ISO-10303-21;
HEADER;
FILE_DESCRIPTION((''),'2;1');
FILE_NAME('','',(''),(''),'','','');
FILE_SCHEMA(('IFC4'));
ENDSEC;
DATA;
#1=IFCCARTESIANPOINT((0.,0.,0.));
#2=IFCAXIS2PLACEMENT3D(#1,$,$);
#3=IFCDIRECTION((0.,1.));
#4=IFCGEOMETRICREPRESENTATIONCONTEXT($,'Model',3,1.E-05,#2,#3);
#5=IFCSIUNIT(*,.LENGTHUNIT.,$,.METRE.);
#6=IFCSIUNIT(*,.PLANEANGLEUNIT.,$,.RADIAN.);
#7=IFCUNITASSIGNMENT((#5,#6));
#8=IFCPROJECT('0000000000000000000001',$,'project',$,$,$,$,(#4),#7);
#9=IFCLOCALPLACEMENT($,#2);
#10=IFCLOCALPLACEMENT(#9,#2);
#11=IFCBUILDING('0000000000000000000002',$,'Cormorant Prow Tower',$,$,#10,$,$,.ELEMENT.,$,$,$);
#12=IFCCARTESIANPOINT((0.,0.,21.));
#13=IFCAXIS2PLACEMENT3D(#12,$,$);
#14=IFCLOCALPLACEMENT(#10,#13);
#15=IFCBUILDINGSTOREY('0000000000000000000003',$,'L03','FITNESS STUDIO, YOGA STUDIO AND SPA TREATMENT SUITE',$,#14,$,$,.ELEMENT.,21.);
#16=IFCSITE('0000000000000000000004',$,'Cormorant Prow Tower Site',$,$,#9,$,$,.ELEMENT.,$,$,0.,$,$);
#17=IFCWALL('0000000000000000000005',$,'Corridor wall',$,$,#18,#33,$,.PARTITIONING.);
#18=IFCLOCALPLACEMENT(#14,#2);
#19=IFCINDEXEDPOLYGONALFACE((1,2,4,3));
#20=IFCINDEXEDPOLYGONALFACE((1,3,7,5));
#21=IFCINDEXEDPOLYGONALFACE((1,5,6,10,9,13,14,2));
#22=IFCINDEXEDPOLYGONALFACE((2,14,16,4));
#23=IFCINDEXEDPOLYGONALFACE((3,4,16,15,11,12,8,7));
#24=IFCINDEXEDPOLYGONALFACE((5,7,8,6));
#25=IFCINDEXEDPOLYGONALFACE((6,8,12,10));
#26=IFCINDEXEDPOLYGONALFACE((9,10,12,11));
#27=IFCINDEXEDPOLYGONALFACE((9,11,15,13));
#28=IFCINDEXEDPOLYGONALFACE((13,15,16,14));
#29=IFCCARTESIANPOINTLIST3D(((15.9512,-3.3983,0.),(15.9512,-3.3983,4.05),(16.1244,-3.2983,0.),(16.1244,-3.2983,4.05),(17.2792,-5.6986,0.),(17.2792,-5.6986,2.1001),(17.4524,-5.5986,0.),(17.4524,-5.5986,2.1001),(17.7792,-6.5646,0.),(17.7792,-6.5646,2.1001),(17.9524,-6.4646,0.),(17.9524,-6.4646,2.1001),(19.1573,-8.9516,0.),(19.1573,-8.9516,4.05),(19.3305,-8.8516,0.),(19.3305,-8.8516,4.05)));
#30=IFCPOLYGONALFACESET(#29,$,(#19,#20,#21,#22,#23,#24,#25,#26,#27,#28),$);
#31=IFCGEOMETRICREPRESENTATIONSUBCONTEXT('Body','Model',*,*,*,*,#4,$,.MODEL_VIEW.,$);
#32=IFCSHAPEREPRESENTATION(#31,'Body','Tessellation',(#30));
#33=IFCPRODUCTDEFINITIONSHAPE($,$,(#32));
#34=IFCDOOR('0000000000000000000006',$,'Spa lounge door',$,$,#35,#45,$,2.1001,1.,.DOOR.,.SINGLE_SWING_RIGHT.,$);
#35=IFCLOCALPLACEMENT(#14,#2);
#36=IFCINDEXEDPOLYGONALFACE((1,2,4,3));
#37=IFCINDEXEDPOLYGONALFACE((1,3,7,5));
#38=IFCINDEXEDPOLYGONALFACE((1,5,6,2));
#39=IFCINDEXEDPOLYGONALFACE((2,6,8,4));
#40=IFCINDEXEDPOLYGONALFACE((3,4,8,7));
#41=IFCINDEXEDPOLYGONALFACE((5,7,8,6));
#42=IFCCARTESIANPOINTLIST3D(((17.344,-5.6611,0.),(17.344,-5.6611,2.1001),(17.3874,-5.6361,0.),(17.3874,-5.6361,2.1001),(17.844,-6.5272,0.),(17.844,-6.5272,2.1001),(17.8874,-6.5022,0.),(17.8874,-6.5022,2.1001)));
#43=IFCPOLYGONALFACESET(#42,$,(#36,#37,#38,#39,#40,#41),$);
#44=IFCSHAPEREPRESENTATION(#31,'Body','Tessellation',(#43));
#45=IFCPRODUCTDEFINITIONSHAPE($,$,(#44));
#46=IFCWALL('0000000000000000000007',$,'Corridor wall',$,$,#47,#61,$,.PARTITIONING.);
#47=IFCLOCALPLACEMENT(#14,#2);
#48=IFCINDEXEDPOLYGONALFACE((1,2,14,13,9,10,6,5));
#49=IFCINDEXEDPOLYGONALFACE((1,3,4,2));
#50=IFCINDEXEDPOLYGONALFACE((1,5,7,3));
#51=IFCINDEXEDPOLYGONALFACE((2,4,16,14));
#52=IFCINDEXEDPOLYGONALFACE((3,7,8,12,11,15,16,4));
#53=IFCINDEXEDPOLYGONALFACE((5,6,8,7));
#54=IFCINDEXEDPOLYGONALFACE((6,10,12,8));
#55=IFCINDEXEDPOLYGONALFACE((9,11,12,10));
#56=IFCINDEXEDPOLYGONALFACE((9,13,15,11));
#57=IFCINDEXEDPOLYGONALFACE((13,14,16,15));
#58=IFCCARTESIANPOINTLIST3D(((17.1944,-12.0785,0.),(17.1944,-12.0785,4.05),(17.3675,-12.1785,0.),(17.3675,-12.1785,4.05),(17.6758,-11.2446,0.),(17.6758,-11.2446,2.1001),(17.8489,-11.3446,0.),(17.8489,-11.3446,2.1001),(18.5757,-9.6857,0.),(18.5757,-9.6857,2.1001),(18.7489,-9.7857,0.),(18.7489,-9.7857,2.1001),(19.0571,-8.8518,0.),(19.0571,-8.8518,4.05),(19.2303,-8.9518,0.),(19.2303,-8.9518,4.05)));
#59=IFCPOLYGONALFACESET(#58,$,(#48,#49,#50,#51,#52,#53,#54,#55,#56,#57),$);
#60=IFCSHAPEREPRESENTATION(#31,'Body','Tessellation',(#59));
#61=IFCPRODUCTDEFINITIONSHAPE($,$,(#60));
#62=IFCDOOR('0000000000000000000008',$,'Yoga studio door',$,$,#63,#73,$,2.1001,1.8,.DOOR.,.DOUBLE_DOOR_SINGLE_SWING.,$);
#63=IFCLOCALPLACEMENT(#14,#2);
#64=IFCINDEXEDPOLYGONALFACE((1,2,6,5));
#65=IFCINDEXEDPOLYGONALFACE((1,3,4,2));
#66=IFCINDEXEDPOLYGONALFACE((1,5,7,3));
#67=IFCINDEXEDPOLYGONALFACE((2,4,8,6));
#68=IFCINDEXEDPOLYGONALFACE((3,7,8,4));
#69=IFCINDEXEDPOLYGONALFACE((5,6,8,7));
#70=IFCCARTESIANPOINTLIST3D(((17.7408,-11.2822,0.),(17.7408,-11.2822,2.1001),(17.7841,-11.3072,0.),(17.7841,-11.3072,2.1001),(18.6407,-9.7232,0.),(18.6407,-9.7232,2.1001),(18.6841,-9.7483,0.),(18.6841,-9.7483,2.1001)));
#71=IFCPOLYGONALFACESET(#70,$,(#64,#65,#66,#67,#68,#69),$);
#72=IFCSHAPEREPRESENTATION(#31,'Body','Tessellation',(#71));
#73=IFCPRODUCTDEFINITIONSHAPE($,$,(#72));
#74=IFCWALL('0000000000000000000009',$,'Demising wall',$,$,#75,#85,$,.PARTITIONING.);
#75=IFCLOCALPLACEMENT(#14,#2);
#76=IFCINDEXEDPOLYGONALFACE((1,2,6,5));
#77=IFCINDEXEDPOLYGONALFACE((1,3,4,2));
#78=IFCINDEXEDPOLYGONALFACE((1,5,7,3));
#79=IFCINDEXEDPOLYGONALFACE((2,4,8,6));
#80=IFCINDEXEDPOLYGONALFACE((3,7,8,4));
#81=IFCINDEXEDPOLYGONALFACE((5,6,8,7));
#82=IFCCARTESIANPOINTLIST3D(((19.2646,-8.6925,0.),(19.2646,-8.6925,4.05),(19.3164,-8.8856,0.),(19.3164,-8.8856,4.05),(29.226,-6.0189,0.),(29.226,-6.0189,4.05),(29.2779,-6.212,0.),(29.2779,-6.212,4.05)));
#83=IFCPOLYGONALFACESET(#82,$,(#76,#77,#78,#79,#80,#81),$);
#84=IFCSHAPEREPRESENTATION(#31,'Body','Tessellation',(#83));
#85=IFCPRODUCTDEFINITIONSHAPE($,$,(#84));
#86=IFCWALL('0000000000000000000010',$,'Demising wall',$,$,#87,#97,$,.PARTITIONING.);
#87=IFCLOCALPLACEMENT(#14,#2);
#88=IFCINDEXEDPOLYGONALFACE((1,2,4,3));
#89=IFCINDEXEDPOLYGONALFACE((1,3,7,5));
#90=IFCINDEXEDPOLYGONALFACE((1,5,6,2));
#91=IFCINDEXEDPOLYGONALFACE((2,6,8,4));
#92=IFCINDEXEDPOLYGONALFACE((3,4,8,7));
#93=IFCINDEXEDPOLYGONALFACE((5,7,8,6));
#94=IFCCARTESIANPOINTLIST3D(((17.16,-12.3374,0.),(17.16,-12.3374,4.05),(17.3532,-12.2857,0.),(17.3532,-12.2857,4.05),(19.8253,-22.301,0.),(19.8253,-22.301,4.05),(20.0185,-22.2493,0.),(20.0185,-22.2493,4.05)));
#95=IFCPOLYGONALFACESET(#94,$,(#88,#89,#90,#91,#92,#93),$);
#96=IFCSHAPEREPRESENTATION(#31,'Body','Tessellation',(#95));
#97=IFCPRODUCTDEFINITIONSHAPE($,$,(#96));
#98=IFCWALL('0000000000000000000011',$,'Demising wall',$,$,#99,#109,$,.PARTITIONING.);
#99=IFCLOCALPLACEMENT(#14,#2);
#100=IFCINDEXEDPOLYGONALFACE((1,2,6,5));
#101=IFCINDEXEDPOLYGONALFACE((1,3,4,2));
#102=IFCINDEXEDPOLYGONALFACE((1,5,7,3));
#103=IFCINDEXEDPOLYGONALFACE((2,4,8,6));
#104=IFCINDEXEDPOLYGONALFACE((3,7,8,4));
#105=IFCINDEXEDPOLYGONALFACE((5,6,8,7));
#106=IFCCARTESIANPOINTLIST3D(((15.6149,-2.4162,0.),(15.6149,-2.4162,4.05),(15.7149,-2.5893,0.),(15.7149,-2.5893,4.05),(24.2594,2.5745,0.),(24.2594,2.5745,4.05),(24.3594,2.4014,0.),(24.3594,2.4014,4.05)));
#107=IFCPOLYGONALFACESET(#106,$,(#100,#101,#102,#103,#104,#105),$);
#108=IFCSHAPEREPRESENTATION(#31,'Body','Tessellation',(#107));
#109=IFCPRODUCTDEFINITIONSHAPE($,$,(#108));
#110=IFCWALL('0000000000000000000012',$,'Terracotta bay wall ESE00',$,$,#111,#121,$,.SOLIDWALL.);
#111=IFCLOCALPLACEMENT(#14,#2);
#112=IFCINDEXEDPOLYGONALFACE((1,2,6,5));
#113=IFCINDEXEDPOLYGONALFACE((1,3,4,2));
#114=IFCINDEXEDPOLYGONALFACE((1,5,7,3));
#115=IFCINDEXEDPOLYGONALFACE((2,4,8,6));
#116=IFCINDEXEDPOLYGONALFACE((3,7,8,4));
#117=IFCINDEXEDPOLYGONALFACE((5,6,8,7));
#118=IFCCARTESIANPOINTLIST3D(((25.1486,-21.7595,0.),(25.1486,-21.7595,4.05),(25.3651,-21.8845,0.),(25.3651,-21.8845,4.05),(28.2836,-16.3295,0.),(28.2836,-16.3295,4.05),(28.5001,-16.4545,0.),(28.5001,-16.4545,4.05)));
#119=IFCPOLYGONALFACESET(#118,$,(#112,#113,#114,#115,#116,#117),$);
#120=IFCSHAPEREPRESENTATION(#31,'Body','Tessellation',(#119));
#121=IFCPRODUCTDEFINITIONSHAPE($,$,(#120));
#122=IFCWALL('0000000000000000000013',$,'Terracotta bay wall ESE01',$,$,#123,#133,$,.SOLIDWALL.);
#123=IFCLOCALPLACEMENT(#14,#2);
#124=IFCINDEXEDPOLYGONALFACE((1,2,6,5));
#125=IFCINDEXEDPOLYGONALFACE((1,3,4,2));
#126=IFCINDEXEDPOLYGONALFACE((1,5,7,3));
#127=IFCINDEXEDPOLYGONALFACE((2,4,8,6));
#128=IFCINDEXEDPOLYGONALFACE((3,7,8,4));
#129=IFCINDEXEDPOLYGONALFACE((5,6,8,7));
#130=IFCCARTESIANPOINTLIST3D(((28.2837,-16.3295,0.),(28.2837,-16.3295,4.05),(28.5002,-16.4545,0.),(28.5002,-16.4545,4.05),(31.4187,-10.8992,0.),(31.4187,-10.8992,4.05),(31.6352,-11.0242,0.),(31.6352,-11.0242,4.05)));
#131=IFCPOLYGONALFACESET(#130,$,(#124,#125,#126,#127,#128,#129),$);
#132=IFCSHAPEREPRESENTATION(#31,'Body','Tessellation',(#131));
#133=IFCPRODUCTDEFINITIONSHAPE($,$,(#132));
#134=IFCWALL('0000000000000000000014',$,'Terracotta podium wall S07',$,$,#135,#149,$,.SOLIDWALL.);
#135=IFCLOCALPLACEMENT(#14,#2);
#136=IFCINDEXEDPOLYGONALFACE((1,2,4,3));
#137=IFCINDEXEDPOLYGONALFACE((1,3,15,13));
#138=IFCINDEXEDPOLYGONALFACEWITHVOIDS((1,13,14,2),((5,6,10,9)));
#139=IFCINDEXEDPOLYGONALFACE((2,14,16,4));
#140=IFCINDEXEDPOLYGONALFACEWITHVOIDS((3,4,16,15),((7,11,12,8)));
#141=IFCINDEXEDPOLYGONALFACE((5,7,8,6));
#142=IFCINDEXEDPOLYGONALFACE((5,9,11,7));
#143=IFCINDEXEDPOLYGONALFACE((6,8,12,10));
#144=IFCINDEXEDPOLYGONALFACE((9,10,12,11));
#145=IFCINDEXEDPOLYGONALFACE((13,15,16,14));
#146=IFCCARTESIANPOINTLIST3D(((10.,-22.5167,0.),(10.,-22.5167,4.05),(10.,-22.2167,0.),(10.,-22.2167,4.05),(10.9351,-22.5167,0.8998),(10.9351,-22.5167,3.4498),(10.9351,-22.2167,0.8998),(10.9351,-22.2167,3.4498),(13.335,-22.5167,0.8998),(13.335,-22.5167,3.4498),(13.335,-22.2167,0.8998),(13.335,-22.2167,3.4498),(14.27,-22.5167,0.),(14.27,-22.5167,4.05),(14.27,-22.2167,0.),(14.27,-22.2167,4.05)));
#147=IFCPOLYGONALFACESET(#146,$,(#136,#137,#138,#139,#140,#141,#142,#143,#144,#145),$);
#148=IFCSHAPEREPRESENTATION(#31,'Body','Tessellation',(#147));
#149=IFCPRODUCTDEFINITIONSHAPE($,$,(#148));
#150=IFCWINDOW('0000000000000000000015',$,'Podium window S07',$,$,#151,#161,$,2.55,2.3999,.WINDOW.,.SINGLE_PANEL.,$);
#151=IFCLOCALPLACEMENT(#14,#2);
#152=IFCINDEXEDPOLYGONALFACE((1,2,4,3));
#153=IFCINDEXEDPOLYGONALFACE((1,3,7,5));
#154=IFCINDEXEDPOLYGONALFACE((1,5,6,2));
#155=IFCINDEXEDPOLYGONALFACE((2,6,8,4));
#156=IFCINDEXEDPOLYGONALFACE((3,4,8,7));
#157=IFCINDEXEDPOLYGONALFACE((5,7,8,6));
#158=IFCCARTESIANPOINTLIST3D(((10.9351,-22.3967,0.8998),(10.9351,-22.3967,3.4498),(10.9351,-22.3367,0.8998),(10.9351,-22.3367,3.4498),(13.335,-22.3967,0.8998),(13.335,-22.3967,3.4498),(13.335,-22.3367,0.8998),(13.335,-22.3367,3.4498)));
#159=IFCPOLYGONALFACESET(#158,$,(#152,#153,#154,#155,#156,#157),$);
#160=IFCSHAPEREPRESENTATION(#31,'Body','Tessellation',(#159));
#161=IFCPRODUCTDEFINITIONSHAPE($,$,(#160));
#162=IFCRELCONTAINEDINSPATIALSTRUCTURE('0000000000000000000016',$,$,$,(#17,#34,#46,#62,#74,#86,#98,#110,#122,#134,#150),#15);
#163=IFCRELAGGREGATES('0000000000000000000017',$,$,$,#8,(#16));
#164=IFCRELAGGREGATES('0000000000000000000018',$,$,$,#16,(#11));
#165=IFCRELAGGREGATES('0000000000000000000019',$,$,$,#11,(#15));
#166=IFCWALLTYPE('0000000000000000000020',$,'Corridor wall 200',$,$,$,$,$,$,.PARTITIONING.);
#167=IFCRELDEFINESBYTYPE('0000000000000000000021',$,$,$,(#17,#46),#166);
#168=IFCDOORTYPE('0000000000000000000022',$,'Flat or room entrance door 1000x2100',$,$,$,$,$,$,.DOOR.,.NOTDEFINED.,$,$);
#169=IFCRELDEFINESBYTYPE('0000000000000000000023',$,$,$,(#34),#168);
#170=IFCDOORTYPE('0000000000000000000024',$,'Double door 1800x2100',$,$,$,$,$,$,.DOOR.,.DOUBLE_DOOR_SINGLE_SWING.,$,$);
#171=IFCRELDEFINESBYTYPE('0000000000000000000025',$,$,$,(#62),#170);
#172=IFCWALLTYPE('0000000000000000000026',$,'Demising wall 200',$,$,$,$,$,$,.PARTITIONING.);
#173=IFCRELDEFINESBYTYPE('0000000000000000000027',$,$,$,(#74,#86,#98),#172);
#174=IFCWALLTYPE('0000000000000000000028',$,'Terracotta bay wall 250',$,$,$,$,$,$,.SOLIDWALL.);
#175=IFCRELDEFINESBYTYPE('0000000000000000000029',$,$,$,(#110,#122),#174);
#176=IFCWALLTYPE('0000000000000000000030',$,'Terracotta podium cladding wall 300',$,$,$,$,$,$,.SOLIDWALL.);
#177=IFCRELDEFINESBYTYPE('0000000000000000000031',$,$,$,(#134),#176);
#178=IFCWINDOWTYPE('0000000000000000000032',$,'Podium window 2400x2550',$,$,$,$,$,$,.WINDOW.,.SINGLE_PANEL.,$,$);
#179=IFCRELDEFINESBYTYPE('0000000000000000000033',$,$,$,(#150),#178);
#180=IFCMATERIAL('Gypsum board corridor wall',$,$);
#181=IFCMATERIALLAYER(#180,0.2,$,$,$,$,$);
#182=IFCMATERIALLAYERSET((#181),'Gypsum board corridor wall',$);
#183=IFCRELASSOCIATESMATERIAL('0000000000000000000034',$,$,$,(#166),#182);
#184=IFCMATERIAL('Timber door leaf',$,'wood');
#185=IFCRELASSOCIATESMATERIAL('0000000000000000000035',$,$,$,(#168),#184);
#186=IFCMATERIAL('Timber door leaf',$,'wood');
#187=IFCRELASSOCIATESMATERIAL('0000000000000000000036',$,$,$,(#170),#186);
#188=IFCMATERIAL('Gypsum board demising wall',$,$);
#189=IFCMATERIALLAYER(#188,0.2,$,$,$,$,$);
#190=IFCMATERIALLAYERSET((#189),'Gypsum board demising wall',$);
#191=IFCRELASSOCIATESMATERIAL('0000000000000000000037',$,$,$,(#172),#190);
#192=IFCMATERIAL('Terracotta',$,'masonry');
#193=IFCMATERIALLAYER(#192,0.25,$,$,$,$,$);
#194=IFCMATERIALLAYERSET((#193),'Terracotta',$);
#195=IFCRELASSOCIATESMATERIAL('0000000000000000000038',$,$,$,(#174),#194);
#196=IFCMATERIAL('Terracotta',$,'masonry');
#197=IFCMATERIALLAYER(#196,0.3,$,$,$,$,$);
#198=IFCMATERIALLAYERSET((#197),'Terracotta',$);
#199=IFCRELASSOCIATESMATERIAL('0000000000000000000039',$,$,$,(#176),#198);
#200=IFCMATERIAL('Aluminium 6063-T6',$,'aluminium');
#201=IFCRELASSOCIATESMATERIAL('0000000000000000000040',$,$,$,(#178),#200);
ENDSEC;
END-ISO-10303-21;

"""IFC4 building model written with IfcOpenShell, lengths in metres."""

from ifc_helpers import new_model, si_unit, direction, frame, frame_2d, origin, place, context, subcontext, project, spatial, rectangle, extrude, material, layer, layer_set, type_object, element, fill, save


model = new_model("IFC4")

# Units and contexts
model_context = context("Model", 3, precision=1e-05, world=origin(), true_north=direction((0.0, 1.0)))
body_context = subcontext(model_context, "Body", "Model", "MODEL_VIEW")
ifc_project = project(units=[si_unit("LENGTHUNIT", "METRE"), si_unit("PLANEANGLEUNIT", "RADIAN")], contexts=[model_context])

# Site, building, storey
site_placement = place(None, origin())
site = spatial("IfcSite", under=ifc_project, at=site_placement, Name="Cormorant Prow Tower Site", CompositionType="ELEMENT", RefElevation=0.0)
building_placement = place(site_placement, origin())
building = spatial("IfcBuilding", under=site, at=building_placement, Name="Cormorant Prow Tower", CompositionType="ELEMENT")
storey_placement = place(building_placement, frame((0.0, 0.0, 21.0)))
storey = spatial("IfcBuildingStorey", under=building, at=storey_placement, Name="L03", Description="FITNESS STUDIO, YOGA STUDIO AND SPA TREATMENT SUITE", CompositionType="ELEMENT", Elevation=21.0)

# Shared definitions
ifc_material_1 = material(Name="Gypsum board corridor wall")
ifc_layer_1 = layer(ifc_material_1, 0.2)
ifc_layer_set_1 = layer_set([ifc_layer_1], Name="Gypsum board corridor wall")
wall_type_1 = type_object("IfcWallType", Name="Corridor wall 200", PredefinedType="PARTITIONING", material=ifc_layer_set_1)

# Walls, openings, doors
wall_1_placement = place(storey_placement, frame((16.0378, -3.3484, 0.0), z_axis=(0.0, 0.0, 1.0), x_axis=(0.499988, -0.866032, 0.0)))
wall_1 = element("IfcWall", 1, at=wall_1_placement, inside=storey, type_object=wall_type_1, Name="Corridor wall", PredefinedType="PARTITIONING", context=body_context, shape_type="SweptSolid", body=[
    extrude(rectangle(XDim=6.4124, YDim=0.2, at=frame_2d((3.2061, 0.0))), origin(), (0.0, 0.0, 1.0), 4.05),
])
opening_1_placement = place(wall_1_placement, frame((2.656, 0.0, 0.0)))
opening_1 = element("IfcOpeningElement", 2, at=opening_1_placement, cuts=wall_1, PredefinedType="OPENING", context=body_context, shape_type="SweptSolid", body=[
    extrude(rectangle(XDim=1.0, YDim=2.1001, at=frame_2d((0.5, 1.05))), frame((0.0, 0.1099, 0.0), z_axis=(0.0, -1.0, 0.0), x_axis=(1.0, 0.0, 0.0)), (0.0, 0.0, 1.0), 0.22),
])
ifc_material_2 = material(Name="Timber door leaf", Category="wood")
door_type_1 = type_object("IfcDoorType", Name="Flat or room entrance door 1000x2100", OperationType="NOTDEFINED", PredefinedType="DOOR", material=ifc_material_2)
door_1_placement = place(opening_1_placement, origin())
door_1 = element("IfcDoor", 3, at=door_1_placement, inside=storey, type_object=door_type_1, Name="Spa lounge door", OperationType="SINGLE_SWING_RIGHT", OverallHeight=2.1001, OverallWidth=1.0, PredefinedType="DOOR", context=body_context, shape_type="SweptSolid", body=[
    extrude(rectangle(XDim=1.0, YDim=2.1001, at=frame_2d((0.5, 1.05))), frame((0.0, 0.0249, 0.0), z_axis=(0.0, -1.0, 0.0), x_axis=(1.0, 0.0, 0.0)), (0.0, 0.0, 1.0), 0.05),
])
fill(opening_1, door_1)
wall_2_placement = place(storey_placement, frame((17.281, -12.1284, 0.0), z_axis=(0.0, 0.0, 1.0), x_axis=(0.499959, 0.866049, 0.0)))
wall_2 = element("IfcWall", 4, at=wall_2_placement, inside=storey, type_object=wall_type_1, Name="Corridor wall", PredefinedType="PARTITIONING", context=body_context, shape_type="SweptSolid", body=[
    extrude(rectangle(XDim=3.7258, YDim=0.2, at=frame_2d((1.8628, 0.0))), origin(), (0.0, 0.0, 1.0), 4.05),
])
opening_2_placement = place(wall_2_placement, frame((0.9629, 0.0, 0.0)))
opening_2 = element("IfcOpeningElement", 5, at=opening_2_placement, cuts=wall_2, PredefinedType="OPENING", context=body_context, shape_type="SweptSolid", body=[
    extrude(rectangle(XDim=1.8, YDim=2.1001, at=frame_2d((0.8999, 1.05))), frame((0.0, 0.1099, 0.0), z_axis=(0.0, -1.0, 0.0), x_axis=(1.0, 0.0, 0.0)), (0.0, 0.0, 1.0), 0.22),
])
ifc_material_3 = material(Name="Timber door leaf", Category="wood")
door_type_2 = type_object("IfcDoorType", Name="Double door 1800x2100", OperationType="DOUBLE_DOOR_SINGLE_SWING", PredefinedType="DOOR", material=ifc_material_3)
door_2_placement = place(opening_2_placement, origin())
door_2 = element("IfcDoor", 6, at=door_2_placement, inside=storey, type_object=door_type_2, Name="Yoga studio door", OperationType="DOUBLE_DOOR_SINGLE_SWING", OverallHeight=2.1001, OverallWidth=1.8, PredefinedType="DOOR", context=body_context, shape_type="SweptSolid", body=[
    extrude(rectangle(XDim=1.8, YDim=2.1001, at=frame_2d((0.8999, 1.05))), frame((0.0, 0.0249, 0.0), z_axis=(0.0, -1.0, 0.0), x_axis=(1.0, 0.0, 0.0)), (0.0, 0.0, 1.0), 0.05),
])
fill(opening_2, door_2)

# Walls
ifc_material_4 = material(Name="Gypsum board demising wall")
ifc_layer_2 = layer(ifc_material_4, 0.2)
ifc_layer_set_2 = layer_set([ifc_layer_2], Name="Gypsum board demising wall")
wall_type_2 = type_object("IfcWallType", Name="Demising wall 200", PredefinedType="PARTITIONING", material=ifc_layer_set_2)
for number, where, z_axis, x_axis, name in (
    (7, (19.2905, -8.7891, 0.0), (0.0, 0.0, 1.0), (0.965818, 0.25922, 0.0), "Demising wall"),
    (8, (17.2566, -12.3115, 0.0), (0.0, 0.0, 1.0), (0.258415, -0.966034, 0.0), "Demising wall"),
):
    element("IfcWall", number, at=place(storey_placement, frame(where, z_axis=z_axis, x_axis=x_axis)), inside=storey, type_object=wall_type_2, Name=name, PredefinedType="PARTITIONING", context=body_context, shape_type="SweptSolid", body=[
        extrude(rectangle(XDim=10.314, YDim=0.2, at=frame_2d((5.157, 0.0))), origin(), (0.0, 0.0, 1.0), 4.05),
    ])
wall_3_placement = place(storey_placement, frame((15.665, -2.5027, 0.0), z_axis=(0.0, 0.0, 1.0), x_axis=(0.866034, 0.499985, 0.0)))
element("IfcWall", 9, at=wall_3_placement, inside=storey, type_object=wall_type_2, Name="Demising wall", PredefinedType="PARTITIONING", context=body_context, shape_type="SweptSolid", body=[
    extrude(rectangle(XDim=9.9817, YDim=0.2, at=frame_2d((4.9907, 0.0))), origin(), (0.0, 0.0, 1.0), 4.05),
])
ifc_material_5 = material(Name="Terracotta", Category="masonry")
ifc_layer_3 = layer(ifc_material_5, 0.25)
ifc_layer_set_3 = layer_set([ifc_layer_3], Name="Terracotta")
wall_type_3 = type_object("IfcWallType", Name="Terracotta bay wall 250", PredefinedType="SOLIDWALL", material=ifc_layer_set_3)
wall_4_placement = place(storey_placement, frame((25.2568, -21.822, 0.0), z_axis=(0.0, 0.0, 1.0), x_axis=(0.500004, 0.866023, 0.0)))
element("IfcWall", 10, at=wall_4_placement, inside=storey, type_object=wall_type_3, Name="Terracotta bay wall ESE00", PredefinedType="SOLIDWALL", context=body_context, shape_type="SweptSolid", body=[
    extrude(rectangle(XDim=6.27, YDim=0.25, at=frame_2d((3.135, 0.0))), origin(), (0.0, 0.0, 1.0), 4.05),
])
wall_5_placement = place(storey_placement, frame((28.3918, -16.3921, 0.0), z_axis=(0.0, 0.0, 1.0), x_axis=(0.499988, 0.866033, 0.0)))
element("IfcWall", 11, at=wall_5_placement, inside=storey, type_object=wall_type_3, Name="Terracotta bay wall ESE01", PredefinedType="SOLIDWALL", context=body_context, shape_type="SweptSolid", body=[
    extrude(rectangle(XDim=6.2703, YDim=0.25, at=frame_2d((3.1353, 0.0))), origin(), (0.0, 0.0, 1.0), 4.05),
])

# Wall, opening, window
ifc_material_6 = material(Name="Terracotta", Category="masonry")
ifc_layer_4 = layer(ifc_material_6, 0.3)
ifc_layer_set_4 = layer_set([ifc_layer_4], Name="Terracotta")
wall_type_4 = type_object("IfcWallType", Name="Terracotta podium cladding wall 300", PredefinedType="SOLIDWALL", material=ifc_layer_set_4)
wall_6_placement = place(storey_placement, frame((10.0, -22.3667, 0.0), z_axis=(0.0, 0.0, 1.0), x_axis=(1.0, 0.0, 0.0)))
wall_6 = element("IfcWall", 12, at=wall_6_placement, inside=storey, type_object=wall_type_4, Name="Terracotta podium wall S07", PredefinedType="SOLIDWALL", context=body_context, shape_type="SweptSolid", body=[
    extrude(rectangle(XDim=4.27, YDim=0.3, at=frame_2d((2.135, 0.0))), origin(), (0.0, 0.0, 1.0), 4.05),
])
opening_3_placement = place(wall_6_placement, frame((0.9351, 0.0, 0.8999)))
opening_3 = element("IfcOpeningElement", 13, at=opening_3_placement, cuts=wall_6, PredefinedType="OPENING", context=body_context, shape_type="SweptSolid", body=[
    extrude(rectangle(XDim=2.3999, YDim=2.55, at=frame_2d((1.2, 1.2749))), frame((0.0, 0.1599, 0.0), z_axis=(0.0, -1.0, 0.0), x_axis=(1.0, 0.0, 0.0)), (0.0, 0.0, 1.0), 0.3201),
])
ifc_material_7 = material(Name="Aluminium 6063-T6", Category="aluminium")
window_type = type_object("IfcWindowType", Name="Podium window 2400x2550", PartitioningType="SINGLE_PANEL", PredefinedType="WINDOW", material=ifc_material_7)
window_1_placement = place(opening_3_placement, origin())
window_1 = element("IfcWindow", 14, at=window_1_placement, inside=storey, type_object=window_type, Name="Podium window S07", OverallHeight=2.55, OverallWidth=2.3999, PartitioningType="SINGLE_PANEL", PredefinedType="WINDOW", context=body_context, shape_type="SweptSolid", body=[
    extrude(rectangle(XDim=2.3999, YDim=2.55, at=frame_2d((1.2, 1.2749))), frame((0.0, 0.03, 0.0), z_axis=(0.0, -1.0, 0.0), x_axis=(1.0, 0.0, 0.0)), (0.0, 0.0, 1.0), 0.0601),
])
fill(opening_3, window_1)

save(model, "model.ifc")
